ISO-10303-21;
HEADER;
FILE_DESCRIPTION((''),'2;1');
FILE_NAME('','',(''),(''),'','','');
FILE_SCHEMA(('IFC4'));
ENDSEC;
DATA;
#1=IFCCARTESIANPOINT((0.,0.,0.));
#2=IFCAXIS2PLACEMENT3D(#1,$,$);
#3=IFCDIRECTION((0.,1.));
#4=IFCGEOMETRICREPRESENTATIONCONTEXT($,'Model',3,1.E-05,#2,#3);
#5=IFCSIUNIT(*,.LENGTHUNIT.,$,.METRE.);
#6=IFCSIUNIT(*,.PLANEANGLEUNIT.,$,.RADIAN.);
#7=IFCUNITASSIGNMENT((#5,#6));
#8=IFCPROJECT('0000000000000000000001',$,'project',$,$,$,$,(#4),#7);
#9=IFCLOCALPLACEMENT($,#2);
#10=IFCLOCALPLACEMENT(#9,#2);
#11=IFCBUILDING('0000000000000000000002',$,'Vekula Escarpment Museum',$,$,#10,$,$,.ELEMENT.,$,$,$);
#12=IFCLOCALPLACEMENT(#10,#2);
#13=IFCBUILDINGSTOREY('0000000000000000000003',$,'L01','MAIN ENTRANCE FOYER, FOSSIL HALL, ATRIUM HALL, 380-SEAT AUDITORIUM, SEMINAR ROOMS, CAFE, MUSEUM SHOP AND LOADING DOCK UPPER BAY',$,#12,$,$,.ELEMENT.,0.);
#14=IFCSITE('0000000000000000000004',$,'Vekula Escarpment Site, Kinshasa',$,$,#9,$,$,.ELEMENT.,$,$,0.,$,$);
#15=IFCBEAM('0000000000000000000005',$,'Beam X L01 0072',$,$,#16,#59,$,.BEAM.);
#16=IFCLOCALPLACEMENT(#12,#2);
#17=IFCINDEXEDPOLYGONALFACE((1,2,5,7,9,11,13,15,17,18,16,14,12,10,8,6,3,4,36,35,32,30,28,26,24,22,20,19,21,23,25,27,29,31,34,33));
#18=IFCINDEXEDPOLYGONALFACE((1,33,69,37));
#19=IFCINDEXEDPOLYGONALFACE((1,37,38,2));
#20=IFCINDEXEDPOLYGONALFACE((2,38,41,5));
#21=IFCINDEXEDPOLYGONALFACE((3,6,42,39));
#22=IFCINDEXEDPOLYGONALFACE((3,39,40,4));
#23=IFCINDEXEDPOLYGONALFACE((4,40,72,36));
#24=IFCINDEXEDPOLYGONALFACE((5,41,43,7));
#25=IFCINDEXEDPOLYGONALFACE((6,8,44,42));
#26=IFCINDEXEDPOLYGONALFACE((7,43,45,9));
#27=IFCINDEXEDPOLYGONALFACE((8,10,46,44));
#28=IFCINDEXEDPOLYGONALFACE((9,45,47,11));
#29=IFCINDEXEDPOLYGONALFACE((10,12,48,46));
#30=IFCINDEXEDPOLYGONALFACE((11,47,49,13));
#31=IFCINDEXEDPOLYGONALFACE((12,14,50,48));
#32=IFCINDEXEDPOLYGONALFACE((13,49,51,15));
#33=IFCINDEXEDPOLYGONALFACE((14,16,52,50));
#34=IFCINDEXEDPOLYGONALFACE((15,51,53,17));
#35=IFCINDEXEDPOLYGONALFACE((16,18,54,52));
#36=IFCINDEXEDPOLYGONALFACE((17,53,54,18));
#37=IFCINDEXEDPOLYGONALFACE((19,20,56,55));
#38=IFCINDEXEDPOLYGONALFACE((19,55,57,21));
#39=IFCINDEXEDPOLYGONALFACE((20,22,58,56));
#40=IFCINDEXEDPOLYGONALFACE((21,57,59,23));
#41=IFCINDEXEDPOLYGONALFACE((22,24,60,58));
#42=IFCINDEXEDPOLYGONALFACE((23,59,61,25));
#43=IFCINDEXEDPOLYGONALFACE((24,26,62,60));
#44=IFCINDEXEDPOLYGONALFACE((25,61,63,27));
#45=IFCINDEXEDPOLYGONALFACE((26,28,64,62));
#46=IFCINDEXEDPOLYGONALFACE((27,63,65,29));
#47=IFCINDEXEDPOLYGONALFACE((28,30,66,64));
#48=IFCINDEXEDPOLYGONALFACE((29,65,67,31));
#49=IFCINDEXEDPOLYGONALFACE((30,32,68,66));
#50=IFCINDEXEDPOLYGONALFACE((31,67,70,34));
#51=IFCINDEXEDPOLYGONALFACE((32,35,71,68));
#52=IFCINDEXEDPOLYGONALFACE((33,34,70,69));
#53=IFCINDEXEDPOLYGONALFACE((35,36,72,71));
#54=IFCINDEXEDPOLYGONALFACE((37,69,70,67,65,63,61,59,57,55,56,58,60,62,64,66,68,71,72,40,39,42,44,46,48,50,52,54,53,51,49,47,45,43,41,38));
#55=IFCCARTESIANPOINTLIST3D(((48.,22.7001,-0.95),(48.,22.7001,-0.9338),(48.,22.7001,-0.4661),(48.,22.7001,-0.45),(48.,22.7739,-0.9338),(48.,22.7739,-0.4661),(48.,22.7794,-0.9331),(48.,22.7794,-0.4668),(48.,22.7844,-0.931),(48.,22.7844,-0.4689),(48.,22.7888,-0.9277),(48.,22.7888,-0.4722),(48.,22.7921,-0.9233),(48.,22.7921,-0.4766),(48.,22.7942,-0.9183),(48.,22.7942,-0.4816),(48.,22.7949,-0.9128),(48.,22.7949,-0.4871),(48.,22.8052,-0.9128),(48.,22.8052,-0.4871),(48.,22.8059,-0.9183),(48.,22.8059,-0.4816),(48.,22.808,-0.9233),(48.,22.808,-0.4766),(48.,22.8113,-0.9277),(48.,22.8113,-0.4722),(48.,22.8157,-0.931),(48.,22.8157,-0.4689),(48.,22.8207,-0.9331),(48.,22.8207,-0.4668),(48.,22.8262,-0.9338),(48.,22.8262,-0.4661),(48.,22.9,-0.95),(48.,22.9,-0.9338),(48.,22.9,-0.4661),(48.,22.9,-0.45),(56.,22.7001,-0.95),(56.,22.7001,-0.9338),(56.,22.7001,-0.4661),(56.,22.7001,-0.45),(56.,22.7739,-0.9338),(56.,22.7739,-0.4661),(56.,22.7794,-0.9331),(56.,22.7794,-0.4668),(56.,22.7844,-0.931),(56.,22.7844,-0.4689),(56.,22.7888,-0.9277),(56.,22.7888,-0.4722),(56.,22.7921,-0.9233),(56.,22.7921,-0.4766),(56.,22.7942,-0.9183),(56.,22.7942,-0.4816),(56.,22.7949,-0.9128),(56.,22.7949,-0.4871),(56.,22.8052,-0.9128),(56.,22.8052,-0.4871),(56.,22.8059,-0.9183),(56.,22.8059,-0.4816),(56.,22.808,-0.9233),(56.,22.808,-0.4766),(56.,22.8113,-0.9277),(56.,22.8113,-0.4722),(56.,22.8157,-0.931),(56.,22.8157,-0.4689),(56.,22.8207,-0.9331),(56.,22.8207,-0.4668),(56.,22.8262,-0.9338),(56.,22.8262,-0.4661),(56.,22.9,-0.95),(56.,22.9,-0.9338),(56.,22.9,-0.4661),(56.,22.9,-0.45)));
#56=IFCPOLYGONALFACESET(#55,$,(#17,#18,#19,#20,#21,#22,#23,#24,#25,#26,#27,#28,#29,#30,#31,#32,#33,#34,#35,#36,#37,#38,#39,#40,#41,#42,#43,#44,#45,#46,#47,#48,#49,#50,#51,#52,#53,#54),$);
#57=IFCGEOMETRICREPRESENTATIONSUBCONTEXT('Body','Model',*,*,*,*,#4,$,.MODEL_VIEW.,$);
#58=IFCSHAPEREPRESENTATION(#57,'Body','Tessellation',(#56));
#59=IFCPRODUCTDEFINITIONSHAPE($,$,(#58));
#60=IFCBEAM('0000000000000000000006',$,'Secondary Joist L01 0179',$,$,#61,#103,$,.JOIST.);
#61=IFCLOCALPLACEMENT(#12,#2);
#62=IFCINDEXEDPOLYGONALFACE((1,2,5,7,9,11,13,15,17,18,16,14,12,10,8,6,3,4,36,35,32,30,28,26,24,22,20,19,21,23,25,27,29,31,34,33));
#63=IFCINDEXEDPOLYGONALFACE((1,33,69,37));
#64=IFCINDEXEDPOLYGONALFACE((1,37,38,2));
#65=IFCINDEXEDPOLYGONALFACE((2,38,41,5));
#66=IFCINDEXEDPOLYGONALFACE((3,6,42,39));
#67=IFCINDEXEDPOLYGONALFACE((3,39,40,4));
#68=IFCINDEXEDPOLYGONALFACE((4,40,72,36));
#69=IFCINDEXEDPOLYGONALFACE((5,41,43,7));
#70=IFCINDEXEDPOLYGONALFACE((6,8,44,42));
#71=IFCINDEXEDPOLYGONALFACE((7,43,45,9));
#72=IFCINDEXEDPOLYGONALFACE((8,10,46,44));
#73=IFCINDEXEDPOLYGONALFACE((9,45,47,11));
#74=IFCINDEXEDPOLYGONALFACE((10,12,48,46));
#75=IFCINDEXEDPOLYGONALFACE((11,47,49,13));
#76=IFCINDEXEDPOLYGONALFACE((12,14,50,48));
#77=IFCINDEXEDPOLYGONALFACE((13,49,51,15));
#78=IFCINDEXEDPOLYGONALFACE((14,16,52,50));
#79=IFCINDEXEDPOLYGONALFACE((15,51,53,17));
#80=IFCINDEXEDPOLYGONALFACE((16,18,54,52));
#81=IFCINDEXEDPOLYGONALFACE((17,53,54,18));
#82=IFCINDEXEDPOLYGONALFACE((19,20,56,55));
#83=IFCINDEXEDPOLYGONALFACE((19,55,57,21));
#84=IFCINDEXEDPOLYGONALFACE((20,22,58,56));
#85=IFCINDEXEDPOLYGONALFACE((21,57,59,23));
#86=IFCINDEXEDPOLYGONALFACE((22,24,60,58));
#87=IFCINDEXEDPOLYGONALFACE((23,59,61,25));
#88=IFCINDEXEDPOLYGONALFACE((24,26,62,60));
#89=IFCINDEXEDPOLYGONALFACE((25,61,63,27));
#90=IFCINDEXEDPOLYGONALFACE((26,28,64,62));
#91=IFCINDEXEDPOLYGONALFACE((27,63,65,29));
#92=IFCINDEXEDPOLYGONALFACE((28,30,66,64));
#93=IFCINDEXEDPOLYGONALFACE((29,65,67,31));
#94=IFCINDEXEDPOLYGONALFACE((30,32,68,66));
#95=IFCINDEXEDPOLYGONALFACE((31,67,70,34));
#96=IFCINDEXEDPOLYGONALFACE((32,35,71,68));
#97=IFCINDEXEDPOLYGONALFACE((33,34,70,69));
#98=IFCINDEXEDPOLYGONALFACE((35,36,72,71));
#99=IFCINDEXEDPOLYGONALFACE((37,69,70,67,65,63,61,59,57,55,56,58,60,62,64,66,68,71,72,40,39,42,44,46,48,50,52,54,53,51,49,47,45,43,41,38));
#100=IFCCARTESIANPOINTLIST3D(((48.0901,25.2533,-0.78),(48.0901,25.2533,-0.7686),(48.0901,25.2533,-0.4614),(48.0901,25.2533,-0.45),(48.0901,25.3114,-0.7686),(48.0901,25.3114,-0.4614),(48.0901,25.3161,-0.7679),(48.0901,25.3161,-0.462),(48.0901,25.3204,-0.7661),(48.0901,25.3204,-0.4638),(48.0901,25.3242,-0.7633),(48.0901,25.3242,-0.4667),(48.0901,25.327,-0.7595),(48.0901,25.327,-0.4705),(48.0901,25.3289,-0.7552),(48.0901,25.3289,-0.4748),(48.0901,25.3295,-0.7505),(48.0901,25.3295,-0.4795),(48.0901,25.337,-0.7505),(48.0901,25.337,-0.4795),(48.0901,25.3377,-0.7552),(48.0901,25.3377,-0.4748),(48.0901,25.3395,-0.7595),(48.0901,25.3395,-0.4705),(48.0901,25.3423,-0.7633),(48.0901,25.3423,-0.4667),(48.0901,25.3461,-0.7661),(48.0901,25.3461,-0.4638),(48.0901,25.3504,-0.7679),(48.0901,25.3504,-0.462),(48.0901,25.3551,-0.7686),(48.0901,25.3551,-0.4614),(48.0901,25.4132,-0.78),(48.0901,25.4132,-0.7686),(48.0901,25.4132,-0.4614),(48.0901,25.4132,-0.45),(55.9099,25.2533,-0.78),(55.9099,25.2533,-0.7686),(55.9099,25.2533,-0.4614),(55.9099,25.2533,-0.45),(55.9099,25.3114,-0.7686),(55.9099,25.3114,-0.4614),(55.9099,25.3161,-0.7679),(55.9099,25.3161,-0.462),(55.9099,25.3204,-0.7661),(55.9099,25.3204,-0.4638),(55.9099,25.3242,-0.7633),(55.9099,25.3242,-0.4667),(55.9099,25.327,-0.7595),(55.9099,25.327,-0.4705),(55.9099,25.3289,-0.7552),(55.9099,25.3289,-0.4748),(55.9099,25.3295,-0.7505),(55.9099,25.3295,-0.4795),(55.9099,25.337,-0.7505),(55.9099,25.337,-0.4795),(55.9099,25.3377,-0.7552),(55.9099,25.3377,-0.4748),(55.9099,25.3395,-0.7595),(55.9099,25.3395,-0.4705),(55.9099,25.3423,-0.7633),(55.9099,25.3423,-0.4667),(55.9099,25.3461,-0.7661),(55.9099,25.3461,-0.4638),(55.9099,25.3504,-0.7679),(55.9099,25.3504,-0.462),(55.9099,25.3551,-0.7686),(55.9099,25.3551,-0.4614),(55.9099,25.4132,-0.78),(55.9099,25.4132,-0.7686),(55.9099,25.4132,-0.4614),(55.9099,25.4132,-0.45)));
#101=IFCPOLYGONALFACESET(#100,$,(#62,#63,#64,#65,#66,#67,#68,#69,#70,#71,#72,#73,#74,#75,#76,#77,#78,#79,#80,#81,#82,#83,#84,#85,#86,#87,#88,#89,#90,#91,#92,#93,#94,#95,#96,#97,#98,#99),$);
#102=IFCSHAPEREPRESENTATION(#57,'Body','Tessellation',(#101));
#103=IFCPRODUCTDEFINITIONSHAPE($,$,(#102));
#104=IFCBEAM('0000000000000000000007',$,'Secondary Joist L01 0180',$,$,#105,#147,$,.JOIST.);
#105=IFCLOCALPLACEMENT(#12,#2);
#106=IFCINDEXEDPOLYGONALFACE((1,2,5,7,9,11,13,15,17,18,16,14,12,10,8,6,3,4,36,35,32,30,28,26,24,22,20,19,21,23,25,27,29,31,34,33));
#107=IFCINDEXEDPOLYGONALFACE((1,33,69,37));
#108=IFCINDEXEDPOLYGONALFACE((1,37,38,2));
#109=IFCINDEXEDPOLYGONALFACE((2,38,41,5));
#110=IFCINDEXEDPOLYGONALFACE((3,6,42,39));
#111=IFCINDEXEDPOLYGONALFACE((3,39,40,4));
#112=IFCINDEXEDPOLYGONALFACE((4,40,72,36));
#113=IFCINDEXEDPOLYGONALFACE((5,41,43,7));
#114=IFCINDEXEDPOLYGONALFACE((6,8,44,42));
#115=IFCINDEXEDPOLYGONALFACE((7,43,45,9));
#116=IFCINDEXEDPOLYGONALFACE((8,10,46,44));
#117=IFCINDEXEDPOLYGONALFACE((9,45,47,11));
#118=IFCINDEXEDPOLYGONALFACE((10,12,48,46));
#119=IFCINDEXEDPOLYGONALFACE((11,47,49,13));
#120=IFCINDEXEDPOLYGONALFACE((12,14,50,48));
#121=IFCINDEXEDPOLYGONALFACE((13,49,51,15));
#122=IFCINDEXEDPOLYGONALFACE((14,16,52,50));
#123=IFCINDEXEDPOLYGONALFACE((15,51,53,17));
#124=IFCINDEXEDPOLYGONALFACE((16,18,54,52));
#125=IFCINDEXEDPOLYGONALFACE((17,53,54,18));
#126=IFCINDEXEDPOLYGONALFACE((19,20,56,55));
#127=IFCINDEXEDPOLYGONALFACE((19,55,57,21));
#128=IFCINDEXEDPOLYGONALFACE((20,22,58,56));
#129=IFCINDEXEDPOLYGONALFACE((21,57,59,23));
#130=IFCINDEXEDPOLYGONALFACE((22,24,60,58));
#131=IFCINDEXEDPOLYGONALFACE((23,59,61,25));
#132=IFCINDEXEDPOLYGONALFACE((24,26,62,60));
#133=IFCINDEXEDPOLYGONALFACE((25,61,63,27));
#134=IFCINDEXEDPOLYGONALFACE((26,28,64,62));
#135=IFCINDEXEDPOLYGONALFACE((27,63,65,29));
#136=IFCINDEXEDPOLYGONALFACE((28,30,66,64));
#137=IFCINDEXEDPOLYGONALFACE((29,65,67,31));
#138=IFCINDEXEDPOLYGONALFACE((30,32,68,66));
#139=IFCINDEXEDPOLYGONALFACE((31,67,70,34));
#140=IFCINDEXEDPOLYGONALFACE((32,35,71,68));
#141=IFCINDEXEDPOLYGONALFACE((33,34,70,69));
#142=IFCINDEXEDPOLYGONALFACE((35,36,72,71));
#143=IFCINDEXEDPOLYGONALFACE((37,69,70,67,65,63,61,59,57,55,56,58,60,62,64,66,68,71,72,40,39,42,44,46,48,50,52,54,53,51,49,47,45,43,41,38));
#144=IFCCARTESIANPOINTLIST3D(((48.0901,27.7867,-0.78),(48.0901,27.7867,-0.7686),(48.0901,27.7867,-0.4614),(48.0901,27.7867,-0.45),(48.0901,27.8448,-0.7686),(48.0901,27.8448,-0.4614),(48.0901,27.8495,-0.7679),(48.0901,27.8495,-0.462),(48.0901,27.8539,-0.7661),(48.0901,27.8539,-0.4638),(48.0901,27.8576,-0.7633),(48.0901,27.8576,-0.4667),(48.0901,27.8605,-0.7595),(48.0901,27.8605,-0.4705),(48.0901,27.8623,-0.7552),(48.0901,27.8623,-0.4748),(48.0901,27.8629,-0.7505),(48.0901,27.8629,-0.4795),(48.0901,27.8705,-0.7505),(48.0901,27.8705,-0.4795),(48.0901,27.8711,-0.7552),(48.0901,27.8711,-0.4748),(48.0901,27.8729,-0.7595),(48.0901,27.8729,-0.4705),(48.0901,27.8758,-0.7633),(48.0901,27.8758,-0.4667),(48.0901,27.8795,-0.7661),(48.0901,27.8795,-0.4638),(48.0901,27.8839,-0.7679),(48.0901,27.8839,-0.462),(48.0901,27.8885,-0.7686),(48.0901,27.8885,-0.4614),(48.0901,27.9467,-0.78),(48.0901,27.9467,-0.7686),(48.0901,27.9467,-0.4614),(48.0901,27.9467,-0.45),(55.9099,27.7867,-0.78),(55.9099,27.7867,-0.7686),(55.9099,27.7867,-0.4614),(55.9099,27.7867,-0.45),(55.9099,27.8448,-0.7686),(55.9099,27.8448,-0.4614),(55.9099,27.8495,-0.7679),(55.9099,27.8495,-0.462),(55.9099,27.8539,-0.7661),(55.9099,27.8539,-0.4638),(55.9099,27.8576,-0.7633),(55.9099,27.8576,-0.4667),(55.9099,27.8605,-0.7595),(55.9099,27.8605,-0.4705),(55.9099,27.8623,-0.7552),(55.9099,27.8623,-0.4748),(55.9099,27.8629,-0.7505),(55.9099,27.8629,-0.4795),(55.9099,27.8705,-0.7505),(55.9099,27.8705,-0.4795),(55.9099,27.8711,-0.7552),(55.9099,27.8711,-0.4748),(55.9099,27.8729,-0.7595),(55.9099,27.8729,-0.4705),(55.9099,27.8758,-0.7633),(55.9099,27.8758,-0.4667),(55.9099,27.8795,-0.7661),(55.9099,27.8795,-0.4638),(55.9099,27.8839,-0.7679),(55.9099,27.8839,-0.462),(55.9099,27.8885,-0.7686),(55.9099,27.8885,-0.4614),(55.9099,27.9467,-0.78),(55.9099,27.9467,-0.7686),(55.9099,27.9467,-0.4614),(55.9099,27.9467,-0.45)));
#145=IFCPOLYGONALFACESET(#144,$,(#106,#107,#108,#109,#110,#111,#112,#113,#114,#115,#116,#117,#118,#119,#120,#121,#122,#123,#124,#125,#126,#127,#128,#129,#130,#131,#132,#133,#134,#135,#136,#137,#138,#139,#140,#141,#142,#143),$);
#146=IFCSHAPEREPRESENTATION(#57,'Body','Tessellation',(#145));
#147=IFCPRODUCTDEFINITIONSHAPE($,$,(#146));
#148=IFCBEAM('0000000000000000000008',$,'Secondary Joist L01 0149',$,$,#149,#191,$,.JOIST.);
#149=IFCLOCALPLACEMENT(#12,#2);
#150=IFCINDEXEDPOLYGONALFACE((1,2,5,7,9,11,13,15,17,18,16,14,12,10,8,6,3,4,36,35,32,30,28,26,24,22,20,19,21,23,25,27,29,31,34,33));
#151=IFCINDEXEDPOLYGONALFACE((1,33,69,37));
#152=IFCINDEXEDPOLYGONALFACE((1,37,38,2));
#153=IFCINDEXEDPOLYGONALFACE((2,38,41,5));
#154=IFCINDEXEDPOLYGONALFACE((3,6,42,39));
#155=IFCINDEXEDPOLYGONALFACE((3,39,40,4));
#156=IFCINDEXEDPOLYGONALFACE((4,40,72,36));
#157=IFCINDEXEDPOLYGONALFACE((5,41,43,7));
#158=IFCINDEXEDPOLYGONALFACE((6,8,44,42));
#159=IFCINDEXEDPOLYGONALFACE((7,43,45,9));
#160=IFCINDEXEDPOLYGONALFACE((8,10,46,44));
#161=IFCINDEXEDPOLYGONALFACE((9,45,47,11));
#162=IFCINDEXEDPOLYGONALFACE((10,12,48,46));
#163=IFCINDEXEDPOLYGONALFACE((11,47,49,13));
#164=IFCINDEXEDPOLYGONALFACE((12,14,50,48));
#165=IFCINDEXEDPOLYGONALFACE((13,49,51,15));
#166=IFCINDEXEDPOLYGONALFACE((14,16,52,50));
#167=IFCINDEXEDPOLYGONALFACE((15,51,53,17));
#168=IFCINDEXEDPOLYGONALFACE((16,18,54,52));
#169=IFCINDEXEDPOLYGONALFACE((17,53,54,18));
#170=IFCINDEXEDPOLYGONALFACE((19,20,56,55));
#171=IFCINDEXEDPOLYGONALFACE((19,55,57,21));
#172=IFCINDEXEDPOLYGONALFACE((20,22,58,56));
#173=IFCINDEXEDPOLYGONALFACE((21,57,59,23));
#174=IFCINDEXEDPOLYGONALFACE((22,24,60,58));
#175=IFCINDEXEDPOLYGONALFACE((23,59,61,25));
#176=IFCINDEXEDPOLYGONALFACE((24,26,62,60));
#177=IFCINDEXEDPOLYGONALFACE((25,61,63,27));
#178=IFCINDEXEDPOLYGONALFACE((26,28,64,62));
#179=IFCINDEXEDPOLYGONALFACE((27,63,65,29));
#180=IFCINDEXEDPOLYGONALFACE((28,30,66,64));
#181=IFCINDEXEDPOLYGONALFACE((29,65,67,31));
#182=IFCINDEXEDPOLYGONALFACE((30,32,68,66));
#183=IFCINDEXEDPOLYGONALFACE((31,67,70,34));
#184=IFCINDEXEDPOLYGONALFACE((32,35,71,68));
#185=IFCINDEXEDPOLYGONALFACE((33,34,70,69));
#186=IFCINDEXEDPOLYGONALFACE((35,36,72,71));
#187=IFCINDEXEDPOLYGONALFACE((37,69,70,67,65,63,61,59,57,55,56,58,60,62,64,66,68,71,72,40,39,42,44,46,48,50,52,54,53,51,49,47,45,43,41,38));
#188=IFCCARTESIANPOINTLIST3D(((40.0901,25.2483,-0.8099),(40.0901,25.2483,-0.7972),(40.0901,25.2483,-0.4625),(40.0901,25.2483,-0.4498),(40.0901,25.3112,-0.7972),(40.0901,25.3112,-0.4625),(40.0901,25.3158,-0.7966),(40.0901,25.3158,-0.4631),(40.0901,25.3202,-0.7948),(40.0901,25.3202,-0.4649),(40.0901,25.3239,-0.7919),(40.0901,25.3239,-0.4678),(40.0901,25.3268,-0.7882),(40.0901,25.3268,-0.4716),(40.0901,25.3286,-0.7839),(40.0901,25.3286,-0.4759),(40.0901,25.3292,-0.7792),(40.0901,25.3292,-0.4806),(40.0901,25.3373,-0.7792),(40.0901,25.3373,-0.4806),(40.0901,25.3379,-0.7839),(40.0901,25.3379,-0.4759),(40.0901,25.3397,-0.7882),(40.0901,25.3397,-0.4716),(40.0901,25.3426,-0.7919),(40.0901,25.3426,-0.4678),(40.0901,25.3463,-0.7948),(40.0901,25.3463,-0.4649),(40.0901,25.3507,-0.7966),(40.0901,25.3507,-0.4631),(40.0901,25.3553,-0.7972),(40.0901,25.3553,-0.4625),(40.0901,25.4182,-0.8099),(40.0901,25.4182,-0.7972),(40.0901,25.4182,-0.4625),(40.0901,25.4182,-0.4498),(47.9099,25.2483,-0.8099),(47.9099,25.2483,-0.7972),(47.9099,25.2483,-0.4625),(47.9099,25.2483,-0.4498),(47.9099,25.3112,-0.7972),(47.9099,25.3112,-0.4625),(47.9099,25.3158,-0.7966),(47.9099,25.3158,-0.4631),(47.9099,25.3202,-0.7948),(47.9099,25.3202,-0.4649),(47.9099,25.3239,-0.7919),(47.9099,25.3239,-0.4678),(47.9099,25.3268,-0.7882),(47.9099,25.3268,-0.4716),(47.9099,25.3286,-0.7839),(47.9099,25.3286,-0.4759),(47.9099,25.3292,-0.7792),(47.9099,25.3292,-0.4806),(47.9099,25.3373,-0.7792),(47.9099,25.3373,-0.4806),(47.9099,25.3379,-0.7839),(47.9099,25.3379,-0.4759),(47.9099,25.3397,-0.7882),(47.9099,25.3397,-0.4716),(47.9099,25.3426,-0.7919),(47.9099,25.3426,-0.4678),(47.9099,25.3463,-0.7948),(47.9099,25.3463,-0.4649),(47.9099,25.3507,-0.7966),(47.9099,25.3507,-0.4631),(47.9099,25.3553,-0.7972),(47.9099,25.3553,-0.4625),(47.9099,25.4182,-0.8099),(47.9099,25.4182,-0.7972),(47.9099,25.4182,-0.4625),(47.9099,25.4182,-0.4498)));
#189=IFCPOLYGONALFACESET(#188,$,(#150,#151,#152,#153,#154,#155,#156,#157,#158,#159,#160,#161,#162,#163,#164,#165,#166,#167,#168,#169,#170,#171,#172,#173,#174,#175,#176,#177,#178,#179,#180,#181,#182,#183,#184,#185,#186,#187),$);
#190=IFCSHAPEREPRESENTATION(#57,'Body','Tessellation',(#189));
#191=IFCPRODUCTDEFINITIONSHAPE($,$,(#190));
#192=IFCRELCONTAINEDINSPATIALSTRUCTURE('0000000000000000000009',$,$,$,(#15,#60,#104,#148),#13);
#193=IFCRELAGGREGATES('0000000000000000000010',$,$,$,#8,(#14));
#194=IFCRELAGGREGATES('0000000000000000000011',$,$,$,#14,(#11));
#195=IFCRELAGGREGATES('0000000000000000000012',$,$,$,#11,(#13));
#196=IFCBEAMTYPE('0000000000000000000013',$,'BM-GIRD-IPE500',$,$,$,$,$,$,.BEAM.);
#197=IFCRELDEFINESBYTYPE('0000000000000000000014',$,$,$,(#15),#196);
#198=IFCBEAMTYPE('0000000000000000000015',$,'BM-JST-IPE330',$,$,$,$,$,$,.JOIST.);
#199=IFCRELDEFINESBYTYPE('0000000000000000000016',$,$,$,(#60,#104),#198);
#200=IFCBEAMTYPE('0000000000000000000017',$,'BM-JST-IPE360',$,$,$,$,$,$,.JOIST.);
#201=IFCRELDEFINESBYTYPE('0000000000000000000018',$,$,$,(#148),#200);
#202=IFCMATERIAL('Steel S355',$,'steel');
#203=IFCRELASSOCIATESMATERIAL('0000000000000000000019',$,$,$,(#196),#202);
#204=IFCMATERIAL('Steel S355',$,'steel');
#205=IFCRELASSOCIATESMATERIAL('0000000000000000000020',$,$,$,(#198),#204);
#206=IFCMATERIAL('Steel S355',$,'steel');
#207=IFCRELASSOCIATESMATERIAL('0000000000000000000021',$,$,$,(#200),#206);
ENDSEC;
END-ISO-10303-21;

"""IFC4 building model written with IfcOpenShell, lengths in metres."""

from ifc_helpers import new_model, si_unit, direction, frame, origin, origin_2d, place, context, subcontext, project, spatial, i_section, extrude, material, material_profile, profile_set, type_object, element, save


model = new_model("IFC4")

# Units and contexts
model_context = context("Model", 3, precision=1e-05, world=origin(), true_north=direction((0.0, 1.0)))
body_context = subcontext(model_context, "Body", "Model", "MODEL_VIEW")
ifc_project = project(units=[si_unit("LENGTHUNIT", "METRE"), si_unit("PLANEANGLEUNIT", "RADIAN")], contexts=[model_context])

# Site, building, storey
site_placement = place(None, origin())
site = spatial("IfcSite", under=ifc_project, at=site_placement, Name="Vekula Escarpment Site, Kinshasa", CompositionType="ELEMENT", RefElevation=0.0)
building_placement = place(site_placement, origin())
building = spatial("IfcBuilding", under=site, at=building_placement, Name="Vekula Escarpment Museum", CompositionType="ELEMENT")
storey_placement = place(building_placement, origin())
storey = spatial("IfcBuildingStorey", under=building, at=storey_placement, Name="L01", Description="MAIN ENTRANCE FOYER, FOSSIL HALL, ATRIUM HALL, 380-SEAT AUDITORIUM, SEMINAR ROOMS, CAFE, MUSEUM SHOP AND LOADING DOCK UPPER BAY", CompositionType="ELEMENT", Elevation=0.0)

# Beams
ifc_material_1 = material(Name="Steel S355", Category="steel")
ifc_material_profile_1 = material_profile(ifc_material_1, i_section(OverallWidth=0.2, OverallDepth=0.5, WebThickness=0.0103, FlangeThickness=0.0161, FilletRadius=0.021, at=origin_2d()), Name="IPE 500")
ifc_profile_set_1 = profile_set([ifc_material_profile_1], Name="Steel S355")
beam_type_1 = type_object("IfcBeamType", Name="BM-GIRD-IPE500", PredefinedType="BEAM", material=ifc_profile_set_1)
beam_1_placement = place(storey_placement, frame((48.0, 22.8, -0.7), z_axis=(1.0, 0.0, 0.0), x_axis=(0.0, 1.0, 0.0)))
element("IfcBeam", 1, at=beam_1_placement, inside=storey, type_object=beam_type_1, Name="Beam X L01 0072", PredefinedType="BEAM", context=body_context, shape_type="SweptSolid", body=[
    extrude(i_section(OverallWidth=0.2, OverallDepth=0.5, WebThickness=0.0103, FlangeThickness=0.0161, FilletRadius=0.021, at=origin_2d()), origin(), (0.0, 0.0, 1.0), 8.0),
])
ifc_material_2 = material(Name="Steel S355", Category="steel")
ifc_material_profile_2 = material_profile(ifc_material_2, i_section(OverallWidth=0.1599, OverallDepth=0.3301, WebThickness=0.0076, FlangeThickness=0.0115, FilletRadius=0.0181, at=origin_2d()), Name="IPE 330")
ifc_profile_set_2 = profile_set([ifc_material_profile_2], Name="Steel S355")
beam_type_2 = type_object("IfcBeamType", Name="BM-JST-IPE330", PredefinedType="JOIST", material=ifc_profile_set_2)
for number, where, z_axis, x_axis, name in (
    (2, (48.0901, 25.3333, -0.615), (1.0, 0.0, 0.0), (0.0, 1.0, 0.0), "Secondary Joist L01 0179"),
    (3, (48.0901, 27.8667, -0.615), (1.0, 0.0, 0.0), (0.0, 1.0, 0.0), "Secondary Joist L01 0180"),
):
    element("IfcBeam", number, at=place(storey_placement, frame(where, z_axis=z_axis, x_axis=x_axis)), inside=storey, type_object=beam_type_2, Name=name, PredefinedType="JOIST", context=body_context, shape_type="SweptSolid", body=[
        extrude(i_section(OverallWidth=0.1599, OverallDepth=0.3301, WebThickness=0.0076, FlangeThickness=0.0115, FilletRadius=0.0181, at=origin_2d()), origin(), (0.0, 0.0, 1.0), 7.8198),
    ])
ifc_material_3 = material(Name="Steel S355", Category="steel")
ifc_material_profile_3 = material_profile(ifc_material_3, i_section(OverallWidth=0.1699, OverallDepth=0.3601, WebThickness=0.0081, FlangeThickness=0.0127, FilletRadius=0.0181, at=origin_2d()), Name="IPE 360")
ifc_profile_set_3 = profile_set([ifc_material_profile_3], Name="Steel S355")
beam_type_3 = type_object("IfcBeamType", Name="BM-JST-IPE360", PredefinedType="JOIST", material=ifc_profile_set_3)
for number, where, z_axis, x_axis, name in (
    (4, (40.0901, 25.3333, -0.6299), (1.0, 0.0, 0.0), (0.0, 1.0, 0.0), "Secondary Joist L01 0149"),
):
    element("IfcBeam", number, at=place(storey_placement, frame(where, z_axis=z_axis, x_axis=x_axis)), inside=storey, type_object=beam_type_3, Name=name, PredefinedType="JOIST", context=body_context, shape_type="SweptSolid", body=[
        extrude(i_section(OverallWidth=0.1699, OverallDepth=0.3601, WebThickness=0.0081, FlangeThickness=0.0127, FilletRadius=0.0181, at=origin_2d()), origin(), (0.0, 0.0, 1.0), 7.8198),
    ])

save(model, "model.ifc")
